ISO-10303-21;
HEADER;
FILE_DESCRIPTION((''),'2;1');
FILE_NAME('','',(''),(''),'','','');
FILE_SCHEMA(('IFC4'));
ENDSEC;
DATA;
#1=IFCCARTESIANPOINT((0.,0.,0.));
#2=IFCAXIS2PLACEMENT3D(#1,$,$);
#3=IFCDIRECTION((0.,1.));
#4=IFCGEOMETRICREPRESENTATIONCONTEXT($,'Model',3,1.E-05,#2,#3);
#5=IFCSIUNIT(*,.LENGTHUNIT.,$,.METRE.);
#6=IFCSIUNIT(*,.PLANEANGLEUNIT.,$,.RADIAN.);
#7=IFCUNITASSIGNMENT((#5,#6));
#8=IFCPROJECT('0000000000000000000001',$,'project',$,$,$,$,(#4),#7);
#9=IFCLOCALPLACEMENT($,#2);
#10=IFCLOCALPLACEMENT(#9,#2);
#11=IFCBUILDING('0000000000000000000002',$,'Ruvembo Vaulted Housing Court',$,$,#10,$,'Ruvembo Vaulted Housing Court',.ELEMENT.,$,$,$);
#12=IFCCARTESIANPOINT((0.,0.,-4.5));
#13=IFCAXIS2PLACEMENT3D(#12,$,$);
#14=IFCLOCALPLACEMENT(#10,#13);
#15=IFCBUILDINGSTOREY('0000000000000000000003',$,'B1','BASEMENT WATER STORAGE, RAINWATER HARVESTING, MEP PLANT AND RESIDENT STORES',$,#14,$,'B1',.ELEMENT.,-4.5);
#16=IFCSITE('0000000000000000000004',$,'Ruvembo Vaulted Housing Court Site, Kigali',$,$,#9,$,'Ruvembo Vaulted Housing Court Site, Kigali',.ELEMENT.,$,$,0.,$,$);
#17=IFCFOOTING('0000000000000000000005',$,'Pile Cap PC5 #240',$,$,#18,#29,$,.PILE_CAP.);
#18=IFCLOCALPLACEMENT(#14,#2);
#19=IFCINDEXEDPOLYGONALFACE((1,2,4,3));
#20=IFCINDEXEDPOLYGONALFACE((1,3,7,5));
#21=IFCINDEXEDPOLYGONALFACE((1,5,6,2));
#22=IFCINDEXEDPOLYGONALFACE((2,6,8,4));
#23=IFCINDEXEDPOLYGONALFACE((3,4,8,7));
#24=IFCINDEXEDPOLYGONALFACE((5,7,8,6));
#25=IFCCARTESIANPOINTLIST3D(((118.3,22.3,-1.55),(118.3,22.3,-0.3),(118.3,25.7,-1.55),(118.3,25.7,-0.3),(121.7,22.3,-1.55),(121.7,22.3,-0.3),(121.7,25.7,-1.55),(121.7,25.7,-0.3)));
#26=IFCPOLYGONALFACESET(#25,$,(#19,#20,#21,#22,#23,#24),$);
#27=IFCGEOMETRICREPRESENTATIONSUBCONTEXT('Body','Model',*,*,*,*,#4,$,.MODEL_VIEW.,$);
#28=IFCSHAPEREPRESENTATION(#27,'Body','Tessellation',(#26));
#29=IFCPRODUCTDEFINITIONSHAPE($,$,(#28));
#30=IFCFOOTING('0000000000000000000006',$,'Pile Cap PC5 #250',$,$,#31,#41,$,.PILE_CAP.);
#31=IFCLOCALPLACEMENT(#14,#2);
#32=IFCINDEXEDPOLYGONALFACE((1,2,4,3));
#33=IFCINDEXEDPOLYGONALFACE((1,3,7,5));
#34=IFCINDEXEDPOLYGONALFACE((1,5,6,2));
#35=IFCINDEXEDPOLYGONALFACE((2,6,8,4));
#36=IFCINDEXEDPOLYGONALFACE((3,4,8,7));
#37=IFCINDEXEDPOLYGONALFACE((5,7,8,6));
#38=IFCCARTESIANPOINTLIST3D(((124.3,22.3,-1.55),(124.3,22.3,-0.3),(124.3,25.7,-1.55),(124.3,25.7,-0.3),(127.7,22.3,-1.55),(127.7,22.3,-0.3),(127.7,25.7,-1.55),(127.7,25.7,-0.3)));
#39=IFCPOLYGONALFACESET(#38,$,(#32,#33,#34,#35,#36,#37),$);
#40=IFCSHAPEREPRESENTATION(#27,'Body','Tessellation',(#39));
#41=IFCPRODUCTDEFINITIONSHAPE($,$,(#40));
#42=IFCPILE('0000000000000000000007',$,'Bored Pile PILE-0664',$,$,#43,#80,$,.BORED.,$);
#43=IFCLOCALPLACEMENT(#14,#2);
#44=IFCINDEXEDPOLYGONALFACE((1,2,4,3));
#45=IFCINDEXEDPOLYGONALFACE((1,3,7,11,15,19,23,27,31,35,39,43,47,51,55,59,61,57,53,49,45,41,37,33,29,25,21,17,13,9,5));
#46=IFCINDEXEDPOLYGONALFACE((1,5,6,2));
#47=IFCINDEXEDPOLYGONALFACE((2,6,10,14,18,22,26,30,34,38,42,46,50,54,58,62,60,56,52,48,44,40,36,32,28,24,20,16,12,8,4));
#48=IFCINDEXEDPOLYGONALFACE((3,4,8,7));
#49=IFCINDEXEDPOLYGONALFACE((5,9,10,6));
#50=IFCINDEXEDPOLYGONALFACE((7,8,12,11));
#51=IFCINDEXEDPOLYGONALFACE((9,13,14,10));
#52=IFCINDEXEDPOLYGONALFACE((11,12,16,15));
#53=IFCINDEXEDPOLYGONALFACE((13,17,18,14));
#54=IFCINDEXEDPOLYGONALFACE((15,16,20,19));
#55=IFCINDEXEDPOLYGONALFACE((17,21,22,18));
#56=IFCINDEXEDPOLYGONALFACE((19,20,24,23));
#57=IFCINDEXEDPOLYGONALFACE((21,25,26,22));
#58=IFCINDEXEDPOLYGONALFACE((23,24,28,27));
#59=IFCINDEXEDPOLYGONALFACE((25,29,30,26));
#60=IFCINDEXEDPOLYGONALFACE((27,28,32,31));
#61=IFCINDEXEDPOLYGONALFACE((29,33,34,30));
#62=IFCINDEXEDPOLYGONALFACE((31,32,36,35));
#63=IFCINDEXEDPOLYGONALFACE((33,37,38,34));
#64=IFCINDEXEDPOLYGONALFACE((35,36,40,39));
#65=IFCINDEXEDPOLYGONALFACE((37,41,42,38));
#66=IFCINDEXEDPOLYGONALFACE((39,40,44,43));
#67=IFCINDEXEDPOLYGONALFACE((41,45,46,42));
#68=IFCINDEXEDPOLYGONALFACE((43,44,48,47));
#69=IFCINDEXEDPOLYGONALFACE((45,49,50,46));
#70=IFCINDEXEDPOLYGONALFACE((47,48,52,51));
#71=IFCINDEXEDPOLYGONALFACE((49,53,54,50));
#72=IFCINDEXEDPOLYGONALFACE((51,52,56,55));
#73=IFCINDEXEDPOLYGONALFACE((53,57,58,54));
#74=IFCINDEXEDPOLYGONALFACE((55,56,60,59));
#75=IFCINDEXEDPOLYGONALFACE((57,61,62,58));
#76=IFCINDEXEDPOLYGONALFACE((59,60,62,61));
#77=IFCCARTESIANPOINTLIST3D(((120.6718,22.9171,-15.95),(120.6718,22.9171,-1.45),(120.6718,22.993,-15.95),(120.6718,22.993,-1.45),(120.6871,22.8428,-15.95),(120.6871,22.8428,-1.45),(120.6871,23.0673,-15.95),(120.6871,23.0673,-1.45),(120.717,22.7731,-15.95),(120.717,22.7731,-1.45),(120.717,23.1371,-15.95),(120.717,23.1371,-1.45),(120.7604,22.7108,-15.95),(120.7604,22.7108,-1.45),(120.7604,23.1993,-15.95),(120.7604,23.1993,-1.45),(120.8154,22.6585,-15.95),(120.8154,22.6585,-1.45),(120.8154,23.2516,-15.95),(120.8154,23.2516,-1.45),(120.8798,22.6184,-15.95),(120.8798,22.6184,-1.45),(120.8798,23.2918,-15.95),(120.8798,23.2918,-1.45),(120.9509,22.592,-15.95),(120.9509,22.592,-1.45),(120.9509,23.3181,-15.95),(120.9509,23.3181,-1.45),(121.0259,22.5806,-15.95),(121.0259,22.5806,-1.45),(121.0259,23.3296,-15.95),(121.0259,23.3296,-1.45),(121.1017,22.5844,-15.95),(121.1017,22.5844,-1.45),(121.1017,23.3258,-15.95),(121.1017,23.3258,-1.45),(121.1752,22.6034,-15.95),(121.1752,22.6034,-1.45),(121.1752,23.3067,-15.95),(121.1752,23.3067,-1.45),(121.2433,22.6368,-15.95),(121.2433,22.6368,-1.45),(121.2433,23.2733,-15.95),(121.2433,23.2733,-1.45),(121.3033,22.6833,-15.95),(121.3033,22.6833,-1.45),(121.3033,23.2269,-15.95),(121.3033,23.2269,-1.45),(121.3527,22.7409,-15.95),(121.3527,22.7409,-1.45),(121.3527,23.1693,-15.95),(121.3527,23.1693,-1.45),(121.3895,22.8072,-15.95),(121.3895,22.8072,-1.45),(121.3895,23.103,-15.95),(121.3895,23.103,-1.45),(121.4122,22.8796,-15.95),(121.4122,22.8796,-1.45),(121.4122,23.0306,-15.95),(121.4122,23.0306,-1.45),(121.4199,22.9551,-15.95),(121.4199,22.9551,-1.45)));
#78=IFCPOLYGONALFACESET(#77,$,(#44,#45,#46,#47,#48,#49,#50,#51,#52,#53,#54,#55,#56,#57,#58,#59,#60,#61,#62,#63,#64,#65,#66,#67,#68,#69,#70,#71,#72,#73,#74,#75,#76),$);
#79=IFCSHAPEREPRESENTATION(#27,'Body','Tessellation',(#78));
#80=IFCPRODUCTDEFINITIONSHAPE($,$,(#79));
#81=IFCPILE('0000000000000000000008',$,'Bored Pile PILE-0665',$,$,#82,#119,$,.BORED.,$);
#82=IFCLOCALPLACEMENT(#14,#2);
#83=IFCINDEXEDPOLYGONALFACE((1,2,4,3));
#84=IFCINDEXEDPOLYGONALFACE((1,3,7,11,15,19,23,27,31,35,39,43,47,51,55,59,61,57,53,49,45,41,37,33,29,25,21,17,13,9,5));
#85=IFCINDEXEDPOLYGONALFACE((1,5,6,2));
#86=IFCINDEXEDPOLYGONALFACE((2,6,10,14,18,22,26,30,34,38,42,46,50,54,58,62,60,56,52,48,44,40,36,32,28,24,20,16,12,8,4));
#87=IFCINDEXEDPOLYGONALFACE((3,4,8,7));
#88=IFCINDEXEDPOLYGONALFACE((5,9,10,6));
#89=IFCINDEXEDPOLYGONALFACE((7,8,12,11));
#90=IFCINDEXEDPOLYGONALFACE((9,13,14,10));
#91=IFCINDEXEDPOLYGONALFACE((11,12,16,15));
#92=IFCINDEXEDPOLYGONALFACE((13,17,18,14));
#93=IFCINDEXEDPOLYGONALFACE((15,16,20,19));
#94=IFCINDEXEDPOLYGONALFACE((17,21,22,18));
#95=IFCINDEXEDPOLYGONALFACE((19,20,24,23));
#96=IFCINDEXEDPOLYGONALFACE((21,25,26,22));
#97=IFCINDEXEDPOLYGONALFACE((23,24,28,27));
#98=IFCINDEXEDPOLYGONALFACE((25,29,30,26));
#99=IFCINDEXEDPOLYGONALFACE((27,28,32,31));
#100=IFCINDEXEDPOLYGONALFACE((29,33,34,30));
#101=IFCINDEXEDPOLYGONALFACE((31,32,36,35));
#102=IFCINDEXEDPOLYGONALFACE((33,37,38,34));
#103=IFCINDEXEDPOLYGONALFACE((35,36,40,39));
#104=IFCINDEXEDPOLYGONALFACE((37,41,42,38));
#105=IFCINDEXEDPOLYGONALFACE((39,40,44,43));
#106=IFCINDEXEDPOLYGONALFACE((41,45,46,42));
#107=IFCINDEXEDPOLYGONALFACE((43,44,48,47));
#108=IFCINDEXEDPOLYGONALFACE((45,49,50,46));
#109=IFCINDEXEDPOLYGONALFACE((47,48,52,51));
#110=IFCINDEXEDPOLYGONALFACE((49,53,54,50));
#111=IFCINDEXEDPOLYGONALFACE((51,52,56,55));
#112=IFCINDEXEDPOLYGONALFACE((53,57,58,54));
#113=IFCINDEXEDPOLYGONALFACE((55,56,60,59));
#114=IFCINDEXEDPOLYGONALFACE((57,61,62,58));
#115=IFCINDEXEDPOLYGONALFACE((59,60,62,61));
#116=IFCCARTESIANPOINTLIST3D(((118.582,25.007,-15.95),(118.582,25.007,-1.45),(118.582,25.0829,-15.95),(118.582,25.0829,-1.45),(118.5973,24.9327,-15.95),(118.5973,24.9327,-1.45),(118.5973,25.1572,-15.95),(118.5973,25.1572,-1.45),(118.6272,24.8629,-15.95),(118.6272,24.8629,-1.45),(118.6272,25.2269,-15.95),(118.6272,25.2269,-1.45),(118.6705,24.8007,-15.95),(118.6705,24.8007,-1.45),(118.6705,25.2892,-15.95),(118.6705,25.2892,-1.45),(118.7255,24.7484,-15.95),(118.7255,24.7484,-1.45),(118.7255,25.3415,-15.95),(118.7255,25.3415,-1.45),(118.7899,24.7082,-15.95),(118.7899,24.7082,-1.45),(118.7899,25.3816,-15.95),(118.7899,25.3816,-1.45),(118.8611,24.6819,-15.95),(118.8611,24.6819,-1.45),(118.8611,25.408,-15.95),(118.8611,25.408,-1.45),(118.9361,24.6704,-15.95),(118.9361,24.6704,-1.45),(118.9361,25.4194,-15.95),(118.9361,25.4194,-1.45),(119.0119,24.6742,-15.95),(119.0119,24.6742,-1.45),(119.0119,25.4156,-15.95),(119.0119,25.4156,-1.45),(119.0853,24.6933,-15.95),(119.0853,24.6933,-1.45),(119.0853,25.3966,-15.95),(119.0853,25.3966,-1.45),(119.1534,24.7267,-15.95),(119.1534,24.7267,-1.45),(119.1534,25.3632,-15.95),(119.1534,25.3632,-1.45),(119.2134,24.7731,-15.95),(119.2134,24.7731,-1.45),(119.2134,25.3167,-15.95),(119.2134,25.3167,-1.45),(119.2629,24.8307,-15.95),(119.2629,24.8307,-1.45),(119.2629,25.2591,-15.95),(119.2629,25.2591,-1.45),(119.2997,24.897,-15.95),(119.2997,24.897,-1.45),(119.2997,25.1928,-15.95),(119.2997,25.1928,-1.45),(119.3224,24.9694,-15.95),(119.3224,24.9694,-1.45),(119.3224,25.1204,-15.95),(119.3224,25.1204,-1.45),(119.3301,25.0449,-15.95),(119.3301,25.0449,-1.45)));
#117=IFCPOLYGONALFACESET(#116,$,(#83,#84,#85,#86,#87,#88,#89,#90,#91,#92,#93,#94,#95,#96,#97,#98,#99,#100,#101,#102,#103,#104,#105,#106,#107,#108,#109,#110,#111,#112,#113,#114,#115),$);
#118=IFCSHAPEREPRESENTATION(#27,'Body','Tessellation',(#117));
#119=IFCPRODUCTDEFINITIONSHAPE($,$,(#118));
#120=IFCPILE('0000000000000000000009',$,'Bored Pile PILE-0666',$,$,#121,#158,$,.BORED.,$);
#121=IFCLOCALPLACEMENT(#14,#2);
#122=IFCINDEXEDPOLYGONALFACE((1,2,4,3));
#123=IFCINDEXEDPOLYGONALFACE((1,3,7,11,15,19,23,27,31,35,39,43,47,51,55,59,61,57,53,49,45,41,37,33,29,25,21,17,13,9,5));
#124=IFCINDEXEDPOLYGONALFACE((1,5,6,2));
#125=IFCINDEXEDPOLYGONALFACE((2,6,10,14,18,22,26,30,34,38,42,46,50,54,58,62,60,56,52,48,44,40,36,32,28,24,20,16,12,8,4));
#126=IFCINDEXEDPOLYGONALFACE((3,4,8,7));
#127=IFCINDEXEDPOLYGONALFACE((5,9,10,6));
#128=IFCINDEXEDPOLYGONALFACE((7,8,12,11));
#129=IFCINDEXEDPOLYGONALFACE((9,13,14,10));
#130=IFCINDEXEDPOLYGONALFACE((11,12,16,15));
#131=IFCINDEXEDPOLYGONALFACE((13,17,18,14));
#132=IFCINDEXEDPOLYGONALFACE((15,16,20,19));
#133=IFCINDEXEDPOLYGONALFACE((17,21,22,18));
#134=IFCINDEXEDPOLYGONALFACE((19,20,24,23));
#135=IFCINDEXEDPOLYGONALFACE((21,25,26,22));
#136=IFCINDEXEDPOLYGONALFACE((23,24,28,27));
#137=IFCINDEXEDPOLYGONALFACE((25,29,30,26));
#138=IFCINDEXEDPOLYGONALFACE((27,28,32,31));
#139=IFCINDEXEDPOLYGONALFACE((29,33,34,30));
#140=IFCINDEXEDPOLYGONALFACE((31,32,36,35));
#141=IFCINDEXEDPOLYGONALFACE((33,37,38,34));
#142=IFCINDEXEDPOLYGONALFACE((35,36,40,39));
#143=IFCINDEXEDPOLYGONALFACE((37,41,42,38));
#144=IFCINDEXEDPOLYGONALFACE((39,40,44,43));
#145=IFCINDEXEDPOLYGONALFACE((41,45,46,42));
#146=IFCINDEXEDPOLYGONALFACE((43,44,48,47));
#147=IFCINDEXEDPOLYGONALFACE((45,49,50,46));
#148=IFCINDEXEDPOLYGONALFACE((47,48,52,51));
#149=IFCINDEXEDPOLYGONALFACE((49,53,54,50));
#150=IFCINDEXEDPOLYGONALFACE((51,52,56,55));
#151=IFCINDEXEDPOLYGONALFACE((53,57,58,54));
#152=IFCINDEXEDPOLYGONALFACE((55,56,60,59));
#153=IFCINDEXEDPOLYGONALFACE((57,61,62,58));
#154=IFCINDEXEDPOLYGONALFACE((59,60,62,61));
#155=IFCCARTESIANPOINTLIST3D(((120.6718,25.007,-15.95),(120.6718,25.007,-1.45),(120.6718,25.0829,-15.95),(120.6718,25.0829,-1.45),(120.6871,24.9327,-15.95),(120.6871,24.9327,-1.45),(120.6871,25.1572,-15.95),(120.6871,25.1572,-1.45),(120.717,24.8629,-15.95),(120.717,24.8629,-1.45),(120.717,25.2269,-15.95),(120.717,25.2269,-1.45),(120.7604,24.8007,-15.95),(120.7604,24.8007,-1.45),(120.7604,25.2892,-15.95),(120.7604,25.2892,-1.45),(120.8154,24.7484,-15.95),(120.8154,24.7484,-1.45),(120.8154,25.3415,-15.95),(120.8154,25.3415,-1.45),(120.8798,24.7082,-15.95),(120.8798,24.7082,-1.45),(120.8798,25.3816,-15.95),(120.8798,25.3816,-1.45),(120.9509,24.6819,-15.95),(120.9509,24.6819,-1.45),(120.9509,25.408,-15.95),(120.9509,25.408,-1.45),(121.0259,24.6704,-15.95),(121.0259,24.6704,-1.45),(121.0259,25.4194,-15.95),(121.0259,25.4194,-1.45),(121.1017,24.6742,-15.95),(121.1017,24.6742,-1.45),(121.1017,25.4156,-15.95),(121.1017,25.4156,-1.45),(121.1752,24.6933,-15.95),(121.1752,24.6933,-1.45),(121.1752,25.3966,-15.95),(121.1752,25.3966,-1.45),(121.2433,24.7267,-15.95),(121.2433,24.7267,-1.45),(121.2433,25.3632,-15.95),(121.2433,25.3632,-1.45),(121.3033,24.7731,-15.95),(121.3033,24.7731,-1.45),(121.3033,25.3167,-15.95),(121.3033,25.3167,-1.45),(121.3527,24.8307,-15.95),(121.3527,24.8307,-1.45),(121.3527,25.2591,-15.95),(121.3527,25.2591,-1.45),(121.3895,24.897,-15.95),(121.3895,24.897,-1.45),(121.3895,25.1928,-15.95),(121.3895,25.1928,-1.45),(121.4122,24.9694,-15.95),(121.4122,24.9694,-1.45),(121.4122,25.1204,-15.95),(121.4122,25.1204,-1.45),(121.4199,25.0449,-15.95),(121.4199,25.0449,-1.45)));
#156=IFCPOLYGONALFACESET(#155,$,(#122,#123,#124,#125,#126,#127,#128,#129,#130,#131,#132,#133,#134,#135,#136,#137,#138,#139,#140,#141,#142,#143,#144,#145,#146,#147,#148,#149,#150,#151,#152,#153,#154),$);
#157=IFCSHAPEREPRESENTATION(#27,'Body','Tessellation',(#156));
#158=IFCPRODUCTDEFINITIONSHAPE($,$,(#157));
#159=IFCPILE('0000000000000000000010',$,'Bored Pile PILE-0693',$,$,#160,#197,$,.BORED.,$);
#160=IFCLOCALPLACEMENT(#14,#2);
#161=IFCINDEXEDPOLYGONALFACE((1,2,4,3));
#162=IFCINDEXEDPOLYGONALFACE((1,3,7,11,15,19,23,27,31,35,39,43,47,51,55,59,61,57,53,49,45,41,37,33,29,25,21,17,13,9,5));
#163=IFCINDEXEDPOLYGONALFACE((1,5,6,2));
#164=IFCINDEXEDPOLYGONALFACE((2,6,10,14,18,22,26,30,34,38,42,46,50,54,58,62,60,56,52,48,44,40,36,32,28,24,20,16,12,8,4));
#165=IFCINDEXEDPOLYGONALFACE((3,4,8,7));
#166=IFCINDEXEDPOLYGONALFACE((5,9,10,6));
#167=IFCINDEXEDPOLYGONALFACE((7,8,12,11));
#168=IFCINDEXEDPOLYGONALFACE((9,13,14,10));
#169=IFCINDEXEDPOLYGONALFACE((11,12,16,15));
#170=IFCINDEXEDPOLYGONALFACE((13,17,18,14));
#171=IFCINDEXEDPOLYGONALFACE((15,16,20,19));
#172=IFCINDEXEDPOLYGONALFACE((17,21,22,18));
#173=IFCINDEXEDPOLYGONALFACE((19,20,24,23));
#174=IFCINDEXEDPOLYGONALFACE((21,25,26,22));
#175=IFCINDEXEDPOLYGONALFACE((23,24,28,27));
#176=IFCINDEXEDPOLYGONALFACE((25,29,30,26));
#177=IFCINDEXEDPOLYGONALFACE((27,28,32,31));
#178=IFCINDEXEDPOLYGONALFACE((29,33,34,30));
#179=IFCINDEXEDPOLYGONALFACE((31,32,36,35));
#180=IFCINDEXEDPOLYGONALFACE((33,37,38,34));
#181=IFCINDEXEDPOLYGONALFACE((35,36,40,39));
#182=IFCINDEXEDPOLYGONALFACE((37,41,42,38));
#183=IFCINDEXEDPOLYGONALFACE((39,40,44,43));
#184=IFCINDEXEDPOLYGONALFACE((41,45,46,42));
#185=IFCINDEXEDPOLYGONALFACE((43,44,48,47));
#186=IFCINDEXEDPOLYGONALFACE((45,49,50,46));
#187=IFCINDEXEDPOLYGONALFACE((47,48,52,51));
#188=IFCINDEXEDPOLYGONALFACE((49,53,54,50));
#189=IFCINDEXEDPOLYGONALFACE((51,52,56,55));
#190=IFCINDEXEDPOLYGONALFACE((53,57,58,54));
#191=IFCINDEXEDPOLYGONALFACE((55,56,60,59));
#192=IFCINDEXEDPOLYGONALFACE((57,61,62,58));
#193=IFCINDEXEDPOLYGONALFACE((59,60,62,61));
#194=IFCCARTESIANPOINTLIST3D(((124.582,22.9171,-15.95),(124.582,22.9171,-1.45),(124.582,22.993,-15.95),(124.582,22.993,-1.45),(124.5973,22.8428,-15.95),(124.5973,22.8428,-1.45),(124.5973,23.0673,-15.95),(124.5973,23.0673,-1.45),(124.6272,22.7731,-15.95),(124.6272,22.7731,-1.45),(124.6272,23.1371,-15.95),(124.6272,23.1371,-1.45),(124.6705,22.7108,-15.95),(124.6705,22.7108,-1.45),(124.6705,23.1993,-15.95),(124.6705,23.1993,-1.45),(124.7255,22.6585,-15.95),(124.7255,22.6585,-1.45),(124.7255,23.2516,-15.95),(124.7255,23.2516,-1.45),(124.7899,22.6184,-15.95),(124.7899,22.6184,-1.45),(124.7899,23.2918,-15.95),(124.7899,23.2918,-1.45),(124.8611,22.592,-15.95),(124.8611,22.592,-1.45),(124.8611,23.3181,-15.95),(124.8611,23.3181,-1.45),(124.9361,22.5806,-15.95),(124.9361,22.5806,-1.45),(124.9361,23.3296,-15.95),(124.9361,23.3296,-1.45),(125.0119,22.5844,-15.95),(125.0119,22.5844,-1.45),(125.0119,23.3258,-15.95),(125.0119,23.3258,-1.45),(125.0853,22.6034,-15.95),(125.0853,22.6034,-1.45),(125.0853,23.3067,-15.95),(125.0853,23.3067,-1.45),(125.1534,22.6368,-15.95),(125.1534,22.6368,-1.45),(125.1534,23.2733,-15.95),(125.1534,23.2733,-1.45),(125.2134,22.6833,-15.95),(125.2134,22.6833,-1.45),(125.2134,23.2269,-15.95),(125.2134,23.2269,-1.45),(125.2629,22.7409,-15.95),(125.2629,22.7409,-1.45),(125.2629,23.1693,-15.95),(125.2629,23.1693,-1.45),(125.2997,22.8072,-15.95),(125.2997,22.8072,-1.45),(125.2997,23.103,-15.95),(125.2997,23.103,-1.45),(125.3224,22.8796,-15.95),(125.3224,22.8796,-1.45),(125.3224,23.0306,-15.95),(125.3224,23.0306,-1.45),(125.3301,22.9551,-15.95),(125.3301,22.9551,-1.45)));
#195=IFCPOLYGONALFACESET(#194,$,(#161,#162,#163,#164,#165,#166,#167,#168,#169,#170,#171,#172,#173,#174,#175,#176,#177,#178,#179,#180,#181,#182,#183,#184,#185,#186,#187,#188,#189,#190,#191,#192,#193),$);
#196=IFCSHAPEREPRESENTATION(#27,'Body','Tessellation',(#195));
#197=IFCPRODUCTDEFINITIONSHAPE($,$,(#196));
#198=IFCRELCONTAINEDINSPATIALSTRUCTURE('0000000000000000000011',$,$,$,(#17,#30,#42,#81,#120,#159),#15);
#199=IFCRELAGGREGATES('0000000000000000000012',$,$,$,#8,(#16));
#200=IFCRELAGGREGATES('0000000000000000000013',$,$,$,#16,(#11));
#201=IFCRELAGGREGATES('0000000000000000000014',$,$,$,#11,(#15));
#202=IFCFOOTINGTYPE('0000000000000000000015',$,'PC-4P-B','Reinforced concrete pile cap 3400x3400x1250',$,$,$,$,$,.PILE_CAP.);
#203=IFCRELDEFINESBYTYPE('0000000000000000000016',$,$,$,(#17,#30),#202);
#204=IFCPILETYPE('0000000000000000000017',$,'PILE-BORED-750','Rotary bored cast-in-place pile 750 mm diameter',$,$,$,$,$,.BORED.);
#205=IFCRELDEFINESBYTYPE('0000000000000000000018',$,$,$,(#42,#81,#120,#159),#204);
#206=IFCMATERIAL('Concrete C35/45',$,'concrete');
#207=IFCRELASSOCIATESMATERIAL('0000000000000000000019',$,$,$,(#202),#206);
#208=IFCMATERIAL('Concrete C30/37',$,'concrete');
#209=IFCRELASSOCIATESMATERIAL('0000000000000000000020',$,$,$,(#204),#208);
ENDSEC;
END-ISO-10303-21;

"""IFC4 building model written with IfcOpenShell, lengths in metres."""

from ifc_helpers import new_model, si_unit, direction, frame, origin, origin_2d, place, context, subcontext, project, spatial, rectangle, circle, extrude, material, material_profile, profile_set, type_object, element, save


model = new_model("IFC4")

# Units and contexts
model_context = context("Model", 3, precision=1e-05, world=origin(), true_north=direction((0.0, 1.0)))
body_context = subcontext(model_context, "Body", "Model", "MODEL_VIEW")
ifc_project = project(units=[si_unit("LENGTHUNIT", "METRE"), si_unit("PLANEANGLEUNIT", "RADIAN")], contexts=[model_context])

# Site, building, storey
site_placement = place(None, origin())
site = spatial("IfcSite", under=ifc_project, at=site_placement, Name="Ruvembo Vaulted Housing Court Site, Kigali", LongName="Ruvembo Vaulted Housing Court Site, Kigali", CompositionType="ELEMENT", RefElevation=0.0)
building_placement = place(site_placement, origin())
building = spatial("IfcBuilding", under=site, at=building_placement, Name="Ruvembo Vaulted Housing Court", LongName="Ruvembo Vaulted Housing Court", CompositionType="ELEMENT")
storey_placement = place(building_placement, frame((0.0, 0.0, -4.5)))
storey = spatial("IfcBuildingStorey", under=building, at=storey_placement, Name="B1", Description="BASEMENT WATER STORAGE, RAINWATER HARVESTING, MEP PLANT AND RESIDENT STORES", LongName="B1", CompositionType="ELEMENT", Elevation=-4.5)

# Footings
ifc_material_1 = material(Name="Concrete C35/45", Category="concrete")
footing_type = type_object("IfcFootingType", Name="PC-4P-B", Description="Reinforced concrete pile cap 3400x3400x1250", PredefinedType="PILE_CAP", material=ifc_material_1)
for number, where, z_axis, x_axis, name in (
    (1, (120.0, 24.0, -1.55), (0.0, 0.0, 1.0), (1.0, 0.0, 0.0), "Pile Cap PC5 #240"),
    (2, (126.0, 24.0, -1.55), (0.0, 0.0, 1.0), (1.0, 0.0, 0.0), "Pile Cap PC5 #250"),
):
    element("IfcFooting", number, at=place(storey_placement, frame(where, z_axis=z_axis, x_axis=x_axis)), inside=storey, type_object=footing_type, Name=name, PredefinedType="PILE_CAP", context=body_context, shape_type="SweptSolid", body=[
        extrude(rectangle(XDim=3.3999, YDim=3.3999, at=origin_2d()), origin(), (0.0, 0.0, 1.0), 1.25),
    ])

# Piles
ifc_material_2 = material(Name="Concrete C30/37", Category="concrete")
ifc_material_profile_1 = material_profile(ifc_material_2, circle(Radius=0.375, at=origin_2d()), Name="PILE D750")
ifc_profile_set_1 = profile_set([ifc_material_profile_1], Name="Concrete C30/37")
pile_type_1 = type_object("IfcPileType", Name="PILE-BORED-750", Description="Rotary bored cast-in-place pile 750 mm diameter", PredefinedType="BORED", material=ifc_profile_set_1)
for number, where, z_axis, x_axis, name in (
    (3, (121.0449, 22.9551, -1.45), (0.0, 0.0, -1.0), (1.0, 0.0, 0.0), "Bored Pile PILE-0664"),
    (4, (118.9551, 25.0449, -1.45), (0.0, 0.0, -1.0), (1.0, 0.0, 0.0), "Bored Pile PILE-0665"),
    (5, (121.0449, 25.0449, -1.45), (0.0, 0.0, -1.0), (1.0, 0.0, 0.0), "Bored Pile PILE-0666"),
    (6, (124.9551, 22.9551, -1.45), (0.0, 0.0, -1.0), (1.0, 0.0, 0.0), "Bored Pile PILE-0693"),
):
    element("IfcPile", number, at=place(storey_placement, frame(where, z_axis=z_axis, x_axis=x_axis)), inside=storey, type_object=pile_type_1, Name=name, PredefinedType="BORED", context=body_context, shape_type="SweptSolid", body=[
        extrude(circle(Radius=0.375, at=origin_2d()), origin(), (0.0, 0.0, 1.0), 14.5),
    ])

save(model, "model.ifc")
